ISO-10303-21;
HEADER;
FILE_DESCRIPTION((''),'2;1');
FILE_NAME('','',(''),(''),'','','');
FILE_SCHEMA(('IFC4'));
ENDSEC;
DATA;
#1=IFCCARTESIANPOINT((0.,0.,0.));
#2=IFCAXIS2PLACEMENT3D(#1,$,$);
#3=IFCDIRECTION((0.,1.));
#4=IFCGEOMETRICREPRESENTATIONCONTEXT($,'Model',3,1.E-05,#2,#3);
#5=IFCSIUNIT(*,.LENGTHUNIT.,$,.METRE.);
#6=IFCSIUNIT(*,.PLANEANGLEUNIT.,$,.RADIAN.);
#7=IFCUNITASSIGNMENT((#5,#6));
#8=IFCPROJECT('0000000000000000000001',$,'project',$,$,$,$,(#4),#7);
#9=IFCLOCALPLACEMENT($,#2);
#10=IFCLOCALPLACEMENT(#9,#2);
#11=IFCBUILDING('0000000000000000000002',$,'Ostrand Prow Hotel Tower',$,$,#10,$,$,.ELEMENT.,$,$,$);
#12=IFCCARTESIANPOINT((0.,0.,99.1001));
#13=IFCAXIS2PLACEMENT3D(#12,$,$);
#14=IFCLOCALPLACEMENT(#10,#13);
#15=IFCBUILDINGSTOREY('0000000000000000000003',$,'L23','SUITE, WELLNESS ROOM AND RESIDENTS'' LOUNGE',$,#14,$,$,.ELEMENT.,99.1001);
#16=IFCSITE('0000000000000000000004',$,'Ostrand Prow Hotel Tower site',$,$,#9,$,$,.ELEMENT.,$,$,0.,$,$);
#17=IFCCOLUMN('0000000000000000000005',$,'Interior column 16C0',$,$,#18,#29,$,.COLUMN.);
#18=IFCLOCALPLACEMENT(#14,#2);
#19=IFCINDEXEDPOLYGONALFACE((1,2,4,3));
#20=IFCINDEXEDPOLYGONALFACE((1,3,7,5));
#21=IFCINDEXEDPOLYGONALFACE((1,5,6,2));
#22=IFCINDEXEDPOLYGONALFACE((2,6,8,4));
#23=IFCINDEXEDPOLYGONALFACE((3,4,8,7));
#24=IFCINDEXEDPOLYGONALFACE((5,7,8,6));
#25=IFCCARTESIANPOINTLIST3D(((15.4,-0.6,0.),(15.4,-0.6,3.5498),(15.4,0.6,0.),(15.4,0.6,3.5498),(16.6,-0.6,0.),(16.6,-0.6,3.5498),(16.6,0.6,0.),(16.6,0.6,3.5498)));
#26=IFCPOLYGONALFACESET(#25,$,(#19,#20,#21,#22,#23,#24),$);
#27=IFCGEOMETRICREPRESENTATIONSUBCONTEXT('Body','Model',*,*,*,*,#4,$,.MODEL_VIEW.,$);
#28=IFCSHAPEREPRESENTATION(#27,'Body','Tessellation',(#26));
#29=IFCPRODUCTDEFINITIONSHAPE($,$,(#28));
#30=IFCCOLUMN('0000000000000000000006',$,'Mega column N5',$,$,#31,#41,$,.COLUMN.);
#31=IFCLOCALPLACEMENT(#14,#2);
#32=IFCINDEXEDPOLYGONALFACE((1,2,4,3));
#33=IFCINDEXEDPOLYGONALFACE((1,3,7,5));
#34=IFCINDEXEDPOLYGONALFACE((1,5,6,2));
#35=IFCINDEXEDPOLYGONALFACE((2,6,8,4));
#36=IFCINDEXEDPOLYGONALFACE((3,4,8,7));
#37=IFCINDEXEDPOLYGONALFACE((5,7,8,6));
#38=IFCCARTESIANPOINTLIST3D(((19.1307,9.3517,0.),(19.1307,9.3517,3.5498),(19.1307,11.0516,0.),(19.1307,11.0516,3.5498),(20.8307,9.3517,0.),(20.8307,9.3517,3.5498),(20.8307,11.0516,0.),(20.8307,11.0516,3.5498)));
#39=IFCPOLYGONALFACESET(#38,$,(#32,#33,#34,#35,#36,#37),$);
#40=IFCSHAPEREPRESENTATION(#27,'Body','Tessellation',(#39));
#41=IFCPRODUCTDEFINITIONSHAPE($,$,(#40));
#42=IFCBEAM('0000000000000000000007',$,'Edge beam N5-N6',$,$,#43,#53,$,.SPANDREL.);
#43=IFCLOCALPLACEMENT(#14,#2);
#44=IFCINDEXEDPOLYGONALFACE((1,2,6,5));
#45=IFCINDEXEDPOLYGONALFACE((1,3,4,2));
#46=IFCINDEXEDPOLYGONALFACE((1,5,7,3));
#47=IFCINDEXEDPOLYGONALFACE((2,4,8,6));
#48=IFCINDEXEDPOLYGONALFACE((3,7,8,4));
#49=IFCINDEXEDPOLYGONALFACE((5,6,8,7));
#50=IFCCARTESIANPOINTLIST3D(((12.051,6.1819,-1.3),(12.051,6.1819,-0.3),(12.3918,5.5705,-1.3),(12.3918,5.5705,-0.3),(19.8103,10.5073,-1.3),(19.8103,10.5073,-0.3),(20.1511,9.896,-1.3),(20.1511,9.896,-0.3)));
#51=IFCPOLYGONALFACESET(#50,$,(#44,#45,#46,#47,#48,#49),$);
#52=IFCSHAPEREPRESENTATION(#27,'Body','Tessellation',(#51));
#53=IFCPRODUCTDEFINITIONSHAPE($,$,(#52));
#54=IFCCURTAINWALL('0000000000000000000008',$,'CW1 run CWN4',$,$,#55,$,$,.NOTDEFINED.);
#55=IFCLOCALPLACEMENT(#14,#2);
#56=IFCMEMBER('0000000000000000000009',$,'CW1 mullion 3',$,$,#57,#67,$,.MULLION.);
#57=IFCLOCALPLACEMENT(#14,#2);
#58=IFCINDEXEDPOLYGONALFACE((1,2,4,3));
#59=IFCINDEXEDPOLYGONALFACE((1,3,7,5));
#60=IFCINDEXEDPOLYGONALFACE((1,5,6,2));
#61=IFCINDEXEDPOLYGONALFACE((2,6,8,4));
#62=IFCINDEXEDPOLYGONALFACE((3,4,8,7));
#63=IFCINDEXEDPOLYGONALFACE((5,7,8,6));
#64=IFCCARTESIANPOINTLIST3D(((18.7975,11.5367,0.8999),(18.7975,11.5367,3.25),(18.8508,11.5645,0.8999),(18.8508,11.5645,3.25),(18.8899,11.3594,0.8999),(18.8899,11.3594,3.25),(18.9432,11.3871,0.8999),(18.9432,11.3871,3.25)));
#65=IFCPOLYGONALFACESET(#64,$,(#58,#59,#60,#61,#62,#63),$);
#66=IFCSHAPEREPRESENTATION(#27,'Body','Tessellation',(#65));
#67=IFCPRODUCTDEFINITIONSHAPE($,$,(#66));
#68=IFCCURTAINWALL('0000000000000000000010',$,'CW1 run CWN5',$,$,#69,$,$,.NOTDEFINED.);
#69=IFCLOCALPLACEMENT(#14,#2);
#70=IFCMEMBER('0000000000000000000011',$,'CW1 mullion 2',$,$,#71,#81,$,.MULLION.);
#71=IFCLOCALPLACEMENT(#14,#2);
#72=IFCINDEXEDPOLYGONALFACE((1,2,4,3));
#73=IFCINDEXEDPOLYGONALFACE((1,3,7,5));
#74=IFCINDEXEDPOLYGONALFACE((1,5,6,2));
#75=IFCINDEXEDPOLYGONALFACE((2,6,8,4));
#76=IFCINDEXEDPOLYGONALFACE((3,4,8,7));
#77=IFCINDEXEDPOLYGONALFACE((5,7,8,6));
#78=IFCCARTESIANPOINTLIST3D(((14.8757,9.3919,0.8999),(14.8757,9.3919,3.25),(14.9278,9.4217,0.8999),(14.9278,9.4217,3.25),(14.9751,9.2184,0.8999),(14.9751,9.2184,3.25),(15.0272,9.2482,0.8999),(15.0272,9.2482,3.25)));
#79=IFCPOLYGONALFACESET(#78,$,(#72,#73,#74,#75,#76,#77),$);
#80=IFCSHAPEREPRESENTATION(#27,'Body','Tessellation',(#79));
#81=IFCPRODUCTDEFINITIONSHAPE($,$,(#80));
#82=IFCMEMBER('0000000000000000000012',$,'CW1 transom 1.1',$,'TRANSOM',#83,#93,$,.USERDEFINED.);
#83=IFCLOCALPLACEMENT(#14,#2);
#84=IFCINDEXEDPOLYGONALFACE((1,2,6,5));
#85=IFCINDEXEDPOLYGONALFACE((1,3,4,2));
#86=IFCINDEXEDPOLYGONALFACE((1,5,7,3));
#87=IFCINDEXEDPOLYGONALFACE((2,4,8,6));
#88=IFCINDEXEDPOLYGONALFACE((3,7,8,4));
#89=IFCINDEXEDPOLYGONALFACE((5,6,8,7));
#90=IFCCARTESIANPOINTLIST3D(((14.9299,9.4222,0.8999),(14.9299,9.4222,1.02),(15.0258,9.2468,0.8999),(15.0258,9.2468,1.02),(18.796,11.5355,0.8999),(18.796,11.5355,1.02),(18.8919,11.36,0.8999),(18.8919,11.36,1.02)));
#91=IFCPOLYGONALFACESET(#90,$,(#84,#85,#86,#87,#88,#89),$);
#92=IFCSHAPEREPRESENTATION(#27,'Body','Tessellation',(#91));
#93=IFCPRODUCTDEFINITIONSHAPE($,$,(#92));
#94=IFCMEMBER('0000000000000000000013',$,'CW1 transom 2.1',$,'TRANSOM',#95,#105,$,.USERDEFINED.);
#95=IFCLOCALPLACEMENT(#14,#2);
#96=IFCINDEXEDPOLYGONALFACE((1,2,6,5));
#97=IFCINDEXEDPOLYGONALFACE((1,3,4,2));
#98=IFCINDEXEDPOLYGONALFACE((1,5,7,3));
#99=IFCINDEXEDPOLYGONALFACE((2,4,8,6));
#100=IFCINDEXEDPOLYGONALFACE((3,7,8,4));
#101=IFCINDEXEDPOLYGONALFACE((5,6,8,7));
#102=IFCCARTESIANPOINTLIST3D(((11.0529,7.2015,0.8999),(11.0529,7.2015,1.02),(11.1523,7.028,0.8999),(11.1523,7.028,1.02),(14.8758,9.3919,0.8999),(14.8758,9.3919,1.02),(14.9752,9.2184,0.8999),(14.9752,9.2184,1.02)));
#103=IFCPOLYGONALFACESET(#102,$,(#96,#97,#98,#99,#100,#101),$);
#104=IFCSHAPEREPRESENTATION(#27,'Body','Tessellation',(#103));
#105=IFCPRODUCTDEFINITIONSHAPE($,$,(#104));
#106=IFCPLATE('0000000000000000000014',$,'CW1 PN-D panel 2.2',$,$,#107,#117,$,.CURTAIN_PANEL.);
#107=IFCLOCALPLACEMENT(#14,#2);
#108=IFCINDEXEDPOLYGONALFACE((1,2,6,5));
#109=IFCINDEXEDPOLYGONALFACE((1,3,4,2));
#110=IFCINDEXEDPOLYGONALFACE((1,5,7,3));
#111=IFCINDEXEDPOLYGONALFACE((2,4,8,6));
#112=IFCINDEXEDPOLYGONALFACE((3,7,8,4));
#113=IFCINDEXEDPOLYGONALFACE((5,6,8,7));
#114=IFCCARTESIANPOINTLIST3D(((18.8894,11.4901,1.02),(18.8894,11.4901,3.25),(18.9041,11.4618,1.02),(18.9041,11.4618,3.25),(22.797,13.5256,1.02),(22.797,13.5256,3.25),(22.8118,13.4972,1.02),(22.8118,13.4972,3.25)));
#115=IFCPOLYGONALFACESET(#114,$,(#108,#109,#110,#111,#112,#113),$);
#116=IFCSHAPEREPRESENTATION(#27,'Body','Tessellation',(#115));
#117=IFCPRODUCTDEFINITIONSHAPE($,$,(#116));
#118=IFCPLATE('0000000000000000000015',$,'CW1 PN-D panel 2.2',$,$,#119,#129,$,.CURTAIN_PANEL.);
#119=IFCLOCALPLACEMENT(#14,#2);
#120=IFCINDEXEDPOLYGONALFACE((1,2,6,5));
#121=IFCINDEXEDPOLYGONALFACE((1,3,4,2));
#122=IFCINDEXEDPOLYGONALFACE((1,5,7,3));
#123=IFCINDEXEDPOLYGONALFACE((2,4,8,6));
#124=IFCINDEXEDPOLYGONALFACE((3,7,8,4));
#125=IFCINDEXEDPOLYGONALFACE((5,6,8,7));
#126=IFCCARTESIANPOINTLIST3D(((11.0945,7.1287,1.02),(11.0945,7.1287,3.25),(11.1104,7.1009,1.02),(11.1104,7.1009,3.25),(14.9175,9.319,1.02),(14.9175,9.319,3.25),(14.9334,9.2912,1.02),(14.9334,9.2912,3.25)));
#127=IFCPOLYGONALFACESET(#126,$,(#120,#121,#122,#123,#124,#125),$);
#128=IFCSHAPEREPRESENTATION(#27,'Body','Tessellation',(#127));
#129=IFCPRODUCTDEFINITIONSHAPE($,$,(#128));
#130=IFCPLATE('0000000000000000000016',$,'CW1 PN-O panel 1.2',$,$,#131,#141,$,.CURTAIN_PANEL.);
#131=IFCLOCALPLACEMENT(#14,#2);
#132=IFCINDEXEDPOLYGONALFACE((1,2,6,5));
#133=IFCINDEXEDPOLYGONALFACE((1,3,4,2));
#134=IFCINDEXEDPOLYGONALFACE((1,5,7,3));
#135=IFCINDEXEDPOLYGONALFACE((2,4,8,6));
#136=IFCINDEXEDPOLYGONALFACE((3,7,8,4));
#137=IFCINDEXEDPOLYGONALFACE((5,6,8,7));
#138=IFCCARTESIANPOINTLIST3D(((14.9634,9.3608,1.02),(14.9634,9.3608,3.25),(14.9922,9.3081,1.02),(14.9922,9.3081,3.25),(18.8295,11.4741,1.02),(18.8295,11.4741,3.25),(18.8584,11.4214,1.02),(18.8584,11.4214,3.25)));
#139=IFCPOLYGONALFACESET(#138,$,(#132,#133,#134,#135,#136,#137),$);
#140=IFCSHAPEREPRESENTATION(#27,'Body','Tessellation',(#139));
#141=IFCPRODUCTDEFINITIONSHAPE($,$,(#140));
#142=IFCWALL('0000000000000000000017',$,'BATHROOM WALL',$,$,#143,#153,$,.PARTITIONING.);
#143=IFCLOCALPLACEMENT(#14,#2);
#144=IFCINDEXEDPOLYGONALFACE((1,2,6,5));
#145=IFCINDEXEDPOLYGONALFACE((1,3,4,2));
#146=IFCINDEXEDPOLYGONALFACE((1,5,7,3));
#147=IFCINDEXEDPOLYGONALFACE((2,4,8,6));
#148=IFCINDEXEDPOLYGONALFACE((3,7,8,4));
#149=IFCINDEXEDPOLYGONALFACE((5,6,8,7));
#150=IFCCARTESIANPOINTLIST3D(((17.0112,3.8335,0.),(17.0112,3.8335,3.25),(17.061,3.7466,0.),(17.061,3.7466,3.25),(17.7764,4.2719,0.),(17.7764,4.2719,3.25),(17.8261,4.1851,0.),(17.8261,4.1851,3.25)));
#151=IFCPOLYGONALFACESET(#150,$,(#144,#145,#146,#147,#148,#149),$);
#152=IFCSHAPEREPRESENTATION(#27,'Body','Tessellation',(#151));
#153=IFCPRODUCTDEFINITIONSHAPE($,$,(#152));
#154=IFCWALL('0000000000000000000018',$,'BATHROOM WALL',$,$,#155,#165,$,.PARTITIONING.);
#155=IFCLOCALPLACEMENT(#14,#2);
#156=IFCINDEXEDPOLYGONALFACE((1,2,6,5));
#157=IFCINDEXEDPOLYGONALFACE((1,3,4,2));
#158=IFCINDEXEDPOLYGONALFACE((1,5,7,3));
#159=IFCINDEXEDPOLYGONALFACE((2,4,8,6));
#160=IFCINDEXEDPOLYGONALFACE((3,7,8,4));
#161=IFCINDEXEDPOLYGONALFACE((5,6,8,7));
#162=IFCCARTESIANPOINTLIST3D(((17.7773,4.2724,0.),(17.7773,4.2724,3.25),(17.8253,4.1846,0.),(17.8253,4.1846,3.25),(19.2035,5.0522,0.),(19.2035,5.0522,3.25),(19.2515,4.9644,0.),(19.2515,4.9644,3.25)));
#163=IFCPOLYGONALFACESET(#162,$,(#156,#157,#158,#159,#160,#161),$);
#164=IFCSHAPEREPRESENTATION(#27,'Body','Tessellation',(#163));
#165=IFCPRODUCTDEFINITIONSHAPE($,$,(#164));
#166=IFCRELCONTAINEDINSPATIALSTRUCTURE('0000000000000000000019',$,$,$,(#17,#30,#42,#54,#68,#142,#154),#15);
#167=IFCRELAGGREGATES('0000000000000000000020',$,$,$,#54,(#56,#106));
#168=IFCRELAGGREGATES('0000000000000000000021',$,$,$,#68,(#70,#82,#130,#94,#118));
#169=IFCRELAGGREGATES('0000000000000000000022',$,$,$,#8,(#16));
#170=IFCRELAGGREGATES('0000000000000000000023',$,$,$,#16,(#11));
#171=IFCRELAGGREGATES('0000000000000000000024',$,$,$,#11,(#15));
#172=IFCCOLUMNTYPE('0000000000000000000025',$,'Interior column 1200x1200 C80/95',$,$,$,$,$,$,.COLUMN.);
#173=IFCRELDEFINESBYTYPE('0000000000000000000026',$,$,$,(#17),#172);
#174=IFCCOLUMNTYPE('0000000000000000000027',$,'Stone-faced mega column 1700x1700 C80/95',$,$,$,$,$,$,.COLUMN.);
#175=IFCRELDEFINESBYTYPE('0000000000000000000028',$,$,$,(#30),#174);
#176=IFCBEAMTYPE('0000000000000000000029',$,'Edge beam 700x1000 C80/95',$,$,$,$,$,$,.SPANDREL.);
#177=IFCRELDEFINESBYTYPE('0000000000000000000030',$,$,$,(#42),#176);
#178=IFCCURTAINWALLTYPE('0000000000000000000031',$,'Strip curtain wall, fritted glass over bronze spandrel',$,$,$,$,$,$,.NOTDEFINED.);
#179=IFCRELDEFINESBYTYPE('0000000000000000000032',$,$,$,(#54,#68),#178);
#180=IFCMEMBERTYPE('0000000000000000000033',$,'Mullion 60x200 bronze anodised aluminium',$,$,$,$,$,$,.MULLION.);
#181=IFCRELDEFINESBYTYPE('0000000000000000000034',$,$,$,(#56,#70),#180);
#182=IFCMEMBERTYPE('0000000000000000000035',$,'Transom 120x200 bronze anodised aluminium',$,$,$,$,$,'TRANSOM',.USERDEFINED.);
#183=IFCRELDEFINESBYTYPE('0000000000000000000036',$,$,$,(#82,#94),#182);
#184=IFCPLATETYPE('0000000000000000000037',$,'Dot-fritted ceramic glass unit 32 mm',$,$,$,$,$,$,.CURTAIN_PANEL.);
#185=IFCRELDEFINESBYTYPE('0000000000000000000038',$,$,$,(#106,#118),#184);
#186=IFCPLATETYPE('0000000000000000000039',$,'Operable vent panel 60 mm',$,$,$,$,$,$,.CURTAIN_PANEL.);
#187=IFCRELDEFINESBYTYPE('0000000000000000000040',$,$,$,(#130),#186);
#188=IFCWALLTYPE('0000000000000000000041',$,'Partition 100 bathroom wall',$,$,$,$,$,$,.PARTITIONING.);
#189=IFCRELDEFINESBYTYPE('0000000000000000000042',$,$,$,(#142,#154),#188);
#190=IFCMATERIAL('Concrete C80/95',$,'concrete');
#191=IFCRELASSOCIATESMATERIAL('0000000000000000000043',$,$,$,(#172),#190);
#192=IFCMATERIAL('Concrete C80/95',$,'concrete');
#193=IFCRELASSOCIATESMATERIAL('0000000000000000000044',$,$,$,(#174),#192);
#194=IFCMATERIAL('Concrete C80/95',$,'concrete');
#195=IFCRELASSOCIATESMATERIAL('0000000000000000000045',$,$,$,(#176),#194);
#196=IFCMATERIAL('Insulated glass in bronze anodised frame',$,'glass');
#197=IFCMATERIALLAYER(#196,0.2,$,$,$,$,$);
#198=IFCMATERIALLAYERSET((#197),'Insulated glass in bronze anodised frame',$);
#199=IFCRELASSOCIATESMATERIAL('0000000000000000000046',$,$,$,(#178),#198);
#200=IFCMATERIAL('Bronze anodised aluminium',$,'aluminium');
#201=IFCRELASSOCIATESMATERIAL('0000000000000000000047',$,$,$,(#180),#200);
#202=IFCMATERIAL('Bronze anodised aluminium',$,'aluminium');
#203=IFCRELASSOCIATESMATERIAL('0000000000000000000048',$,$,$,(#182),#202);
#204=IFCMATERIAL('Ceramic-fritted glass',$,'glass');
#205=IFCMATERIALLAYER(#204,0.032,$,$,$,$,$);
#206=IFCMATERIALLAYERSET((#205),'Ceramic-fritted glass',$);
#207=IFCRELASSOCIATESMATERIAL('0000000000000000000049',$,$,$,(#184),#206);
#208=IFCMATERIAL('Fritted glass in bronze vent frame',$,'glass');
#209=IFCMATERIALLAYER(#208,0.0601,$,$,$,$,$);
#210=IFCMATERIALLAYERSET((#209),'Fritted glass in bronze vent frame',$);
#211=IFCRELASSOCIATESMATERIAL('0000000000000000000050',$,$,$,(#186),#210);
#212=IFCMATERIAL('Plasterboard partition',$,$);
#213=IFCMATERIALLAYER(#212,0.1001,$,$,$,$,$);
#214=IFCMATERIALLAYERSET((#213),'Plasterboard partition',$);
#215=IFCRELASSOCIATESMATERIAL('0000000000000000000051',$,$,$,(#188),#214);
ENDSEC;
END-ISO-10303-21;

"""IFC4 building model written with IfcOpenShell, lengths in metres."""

from ifc_helpers import new_model, si_unit, direction, frame, frame_2d, origin, origin_2d, place, context, subcontext, project, spatial, rectangle, extrude, material, layer, layer_set, material_profile, profile_set, type_object, element, aggregate, save


model = new_model("IFC4")

# Units and contexts
model_context = context("Model", 3, precision=1e-05, world=origin(), true_north=direction((0.0, 1.0)))
body_context = subcontext(model_context, "Body", "Model", "MODEL_VIEW")
ifc_project = project(units=[si_unit("LENGTHUNIT", "METRE"), si_unit("PLANEANGLEUNIT", "RADIAN")], contexts=[model_context])

# Site, building, storey
site_placement = place(None, origin())
site = spatial("IfcSite", under=ifc_project, at=site_placement, Name="Ostrand Prow Hotel Tower site", CompositionType="ELEMENT", RefElevation=0.0)
building_placement = place(site_placement, origin())
building = spatial("IfcBuilding", under=site, at=building_placement, Name="Ostrand Prow Hotel Tower", CompositionType="ELEMENT")
storey_placement = place(building_placement, frame((0.0, 0.0, 99.1001)))
storey = spatial("IfcBuildingStorey", under=building, at=storey_placement, Name="L23", Description="SUITE, WELLNESS ROOM AND RESIDENTS' LOUNGE", CompositionType="ELEMENT", Elevation=99.1001)

# Columns
ifc_material_1 = material(Name="Concrete C80/95", Category="concrete")
ifc_material_profile_1 = material_profile(ifc_material_1, rectangle(XDim=1.2, YDim=1.2, at=origin_2d()), Name="RC 1200x1200")
ifc_profile_set_1 = profile_set([ifc_material_profile_1], Name="Concrete C80/95")
column_type_1 = type_object("IfcColumnType", Name="Interior column 1200x1200 C80/95", PredefinedType="COLUMN", material=ifc_profile_set_1)
column_1_placement = place(storey_placement, frame((16.0, 0.0, 0.0), z_axis=(0.0, 0.0, 1.0), x_axis=(1.0, 0.0, 0.0)))
element("IfcColumn", 1, at=column_1_placement, inside=storey, type_object=column_type_1, Name="Interior column 16C0", PredefinedType="COLUMN", context=body_context, shape_type="SweptSolid", body=[
    extrude(rectangle(XDim=1.2, YDim=1.2, at=origin_2d()), origin(), (0.0, 0.0, 1.0), 3.5498),
])
ifc_material_2 = material(Name="Concrete C80/95", Category="concrete")
ifc_material_profile_2 = material_profile(ifc_material_2, rectangle(XDim=1.7, YDim=1.7, at=origin_2d()), Name="RC 1700x1700")
ifc_profile_set_2 = profile_set([ifc_material_profile_2], Name="Concrete C80/95")
column_type_2 = type_object("IfcColumnType", Name="Stone-faced mega column 1700x1700 C80/95", PredefinedType="COLUMN", material=ifc_profile_set_2)
column_2_placement = place(storey_placement, frame((19.9807, 10.2017, 0.0), z_axis=(0.0, 0.0, 1.0), x_axis=(1.0, 0.0, 0.0)))
element("IfcColumn", 2, at=column_2_placement, inside=storey, type_object=column_type_2, Name="Mega column N5", PredefinedType="COLUMN", context=body_context, shape_type="SweptSolid", body=[
    extrude(rectangle(XDim=1.7, YDim=1.7, at=origin_2d()), origin(), (0.0, 0.0, 1.0), 3.5498),
])

# Beam
ifc_material_3 = material(Name="Concrete C80/95", Category="concrete")
ifc_material_profile_3 = material_profile(ifc_material_3, rectangle(XDim=0.7, YDim=1.0, at=origin_2d()), Name="RC 700x1000")
ifc_profile_set_3 = profile_set([ifc_material_profile_3], Name="Concrete C80/95")
beam_type = type_object("IfcBeamType", Name="Edge beam 700x1000 C80/95", PredefinedType="SPANDREL", material=ifc_profile_set_3)
beam_placement = place(storey_placement, frame((19.9807, 10.2017, -0.8), z_axis=(-0.873452, -0.486909, 0.0), x_axis=(0.486909, -0.873452, 0.0)))
element("IfcBeam", 3, at=beam_placement, inside=storey, type_object=beam_type, Name="Edge beam N5-N6", PredefinedType="SPANDREL", context=body_context, shape_type="SweptSolid", body=[
    extrude(rectangle(XDim=0.7, YDim=1.0, at=origin_2d()), origin(), (0.0, 0.0, 1.0), 8.8835),
])

# Curtain wall, member
ifc_material_4 = material(Name="Insulated glass in bronze anodised frame", Category="glass")
ifc_layer_1 = layer(ifc_material_4, 0.2)
ifc_layer_set_1 = layer_set([ifc_layer_1], Name="Insulated glass in bronze anodised frame")
curtain_wall_type = type_object("IfcCurtainWallType", Name="Strip curtain wall, fritted glass over bronze spandrel", PredefinedType="NOTDEFINED", material=ifc_layer_set_1)
curtain_wall_1_placement = place(storey_placement, origin())
curtain_wall_1 = element("IfcCurtainWall", 4, at=curtain_wall_1_placement, inside=storey, type_object=curtain_wall_type, Name="CW1 run CWN4", PredefinedType="NOTDEFINED")
ifc_material_5 = material(Name="Bronze anodised aluminium", Category="aluminium")
ifc_material_profile_4 = material_profile(ifc_material_5, rectangle(XDim=0.2, YDim=0.0601, at=origin_2d()), Name="Mullion 60x200 bronze anodised aluminium")
ifc_profile_set_4 = profile_set([ifc_material_profile_4], Name="Bronze anodised aluminium")
member_type_1 = type_object("IfcMemberType", Name="Mullion 60x200 bronze anodised aluminium", PredefinedType="MULLION", material=ifc_profile_set_4)
member_1_placement = place(storey_placement, frame((18.8704, 11.4619, 0.8999), z_axis=(0.0, 0.0, 1.0), x_axis=(0.461968, -0.886896, 0.0)))
member_1 = element("IfcMember", 5, at=member_1_placement, type_object=member_type_1, Name="CW1 mullion 3", PredefinedType="MULLION", context=body_context, shape_type="SweptSolid", body=[
    extrude(rectangle(XDim=0.2, YDim=0.0601, at=origin_2d()), origin(), (0.0, 0.0, 1.0), 2.3501),
])

# Curtain wall, members
curtain_wall_2_placement = place(storey_placement, origin())
curtain_wall_2 = element("IfcCurtainWall", 6, at=curtain_wall_2_placement, inside=storey, type_object=curtain_wall_type, Name="CW1 run CWN5", PredefinedType="NOTDEFINED")
member_2_placement = place(storey_placement, frame((14.9514, 9.3201, 0.8999), z_axis=(0.0, 0.0, 1.0), x_axis=(0.497115, -0.867685, 0.0)))
member_2 = element("IfcMember", 7, at=member_2_placement, type_object=member_type_1, Name="CW1 mullion 2", PredefinedType="MULLION", context=body_context, shape_type="SweptSolid", body=[
    extrude(rectangle(XDim=0.2, YDim=0.0601, at=origin_2d()), origin(), (0.0, 0.0, 1.0), 2.3501),
])
ifc_material_6 = material(Name="Bronze anodised aluminium", Category="aluminium")
ifc_material_profile_5 = material_profile(ifc_material_6, rectangle(XDim=0.2, YDim=0.1201, at=origin_2d()), Name="Transom 120x200 bronze anodised aluminium")
ifc_profile_set_5 = profile_set([ifc_material_profile_5], Name="Bronze anodised aluminium")
member_type_2 = type_object("IfcMemberType", Name="Transom 120x200 bronze anodised aluminium", ElementType="TRANSOM", PredefinedType="USERDEFINED", material=ifc_profile_set_5)
member_3_placement = place(storey_placement, frame((18.844, 11.4478, 0.96), z_axis=(-0.877472, -0.479628, 0.0), x_axis=(0.479628, -0.877472, 0.0)))
member_3 = element("IfcMember", 8, at=member_3_placement, type_object=member_type_2, Name="CW1 transom 1.1", ObjectType="TRANSOM", PredefinedType="USERDEFINED", context=body_context, shape_type="SweptSolid", body=[
    extrude(rectangle(XDim=0.2, YDim=0.1201, at=origin_2d()), origin(), (0.0, 0.0, 1.0), 4.406),
])
member_4_placement = place(storey_placement, frame((14.9255, 9.3052, 0.96), z_axis=(-0.86767, -0.497141, 0.0), x_axis=(0.497141, -0.86767, 0.0)))
member_4 = element("IfcMember", 9, at=member_4_placement, type_object=member_type_2, Name="CW1 transom 2.1", ObjectType="TRANSOM", PredefinedType="USERDEFINED", context=body_context, shape_type="SweptSolid", body=[
    extrude(rectangle(XDim=0.2, YDim=0.1201, at=origin_2d()), origin(), (0.0, 0.0, 1.0), 4.406),
])

# Plates
ifc_material_7 = material(Name="Ceramic-fritted glass", Category="glass")
ifc_layer_2 = layer(ifc_material_7, 0.032)
ifc_layer_set_2 = layer_set([ifc_layer_2], Name="Ceramic-fritted glass")
plate_type_1 = type_object("IfcPlateType", Name="Dot-fritted ceramic glass unit 32 mm", PredefinedType="CURTAIN_PANEL", material=ifc_layer_set_2)
plate_1_placement = place(storey_placement, frame((20.8506, 12.4937, 1.02), z_axis=(0.0, 0.0, 1.0), x_axis=(-0.886896, -0.461968, 0.0)))
plate_1 = element("IfcPlate", 10, at=plate_1_placement, type_object=plate_type_1, Name="CW1 PN-D panel 2.2", PredefinedType="CURTAIN_PANEL", context=body_context, shape_type="SweptSolid", body=[
    extrude(rectangle(XDim=4.406, YDim=0.032, at=origin_2d()), origin(), (0.0, 0.0, 1.0), 2.23),
])
aggregate(curtain_wall_1, [member_1, plate_1])
plate_2_placement = place(storey_placement, frame((13.0139, 8.21, 1.02), z_axis=(0.0, 0.0, 1.0), x_axis=(-0.867685, -0.497115, 0.0)))
plate_2 = element("IfcPlate", 11, at=plate_2_placement, type_object=plate_type_1, Name="CW1 PN-D panel 2.2", PredefinedType="CURTAIN_PANEL", context=body_context, shape_type="SweptSolid", body=[
    extrude(rectangle(XDim=4.406, YDim=0.032, at=origin_2d()), origin(), (0.0, 0.0, 1.0), 2.23),
])
ifc_material_8 = material(Name="Fritted glass in bronze vent frame", Category="glass")
ifc_layer_3 = layer(ifc_material_8, 0.0601)
ifc_layer_set_3 = layer_set([ifc_layer_3], Name="Fritted glass in bronze vent frame")
plate_type_2 = type_object("IfcPlateType", Name="Operable vent panel 60 mm", PredefinedType="CURTAIN_PANEL", material=ifc_layer_set_3)
plate_3_placement = place(storey_placement, frame((16.9109, 10.3911, 1.02), z_axis=(0.0, 0.0, 1.0), x_axis=(-0.877467, -0.479637, 0.0)))
plate_3 = element("IfcPlate", 12, at=plate_3_placement, type_object=plate_type_2, Name="CW1 PN-O panel 1.2", PredefinedType="CURTAIN_PANEL", context=body_context, shape_type="SweptSolid", body=[
    extrude(rectangle(XDim=4.406, YDim=0.0601, at=origin_2d()), origin(), (0.0, 0.0, 1.0), 2.23),
])
aggregate(curtain_wall_2, [member_2, member_3, plate_3, member_4, plate_2])

# Walls
ifc_material_9 = material(Name="Plasterboard partition")
ifc_layer_4 = layer(ifc_material_9, 0.1001)
ifc_layer_set_4 = layer_set([ifc_layer_4], Name="Plasterboard partition")
wall_type_1 = type_object("IfcWallType", Name="Partition 100 bathroom wall", PredefinedType="PARTITIONING", material=ifc_layer_set_4)
wall_1_placement = place(storey_placement, frame((17.0361, 3.79, 0.0), z_axis=(0.0, 0.0, 1.0), x_axis=(0.867629, 0.497212, 0.0)))
element("IfcWall", 13, at=wall_1_placement, inside=storey, type_object=wall_type_1, Name="BATHROOM WALL", PredefinedType="PARTITIONING", context=body_context, shape_type="SweptSolid", body=[
    extrude(rectangle(XDim=0.8818, YDim=0.1001, at=frame_2d((0.4409, 0.0))), origin(), (0.0, 0.0, 1.0), 3.25),
])
wall_2_placement = place(storey_placement, frame((17.8013, 4.2285, 0.0), z_axis=(0.0, 0.0, 1.0), x_axis=(0.877424, 0.479715, 0.0)))
element("IfcWall", 14, at=wall_2_placement, inside=storey, type_object=wall_type_1, Name="BATHROOM WALL", PredefinedType="PARTITIONING", context=body_context, shape_type="SweptSolid", body=[
    extrude(rectangle(XDim=1.6255, YDim=0.1001, at=frame_2d((0.8127, 0.0))), origin(), (0.0, 0.0, 1.0), 3.25),
])

save(model, "model.ifc")
